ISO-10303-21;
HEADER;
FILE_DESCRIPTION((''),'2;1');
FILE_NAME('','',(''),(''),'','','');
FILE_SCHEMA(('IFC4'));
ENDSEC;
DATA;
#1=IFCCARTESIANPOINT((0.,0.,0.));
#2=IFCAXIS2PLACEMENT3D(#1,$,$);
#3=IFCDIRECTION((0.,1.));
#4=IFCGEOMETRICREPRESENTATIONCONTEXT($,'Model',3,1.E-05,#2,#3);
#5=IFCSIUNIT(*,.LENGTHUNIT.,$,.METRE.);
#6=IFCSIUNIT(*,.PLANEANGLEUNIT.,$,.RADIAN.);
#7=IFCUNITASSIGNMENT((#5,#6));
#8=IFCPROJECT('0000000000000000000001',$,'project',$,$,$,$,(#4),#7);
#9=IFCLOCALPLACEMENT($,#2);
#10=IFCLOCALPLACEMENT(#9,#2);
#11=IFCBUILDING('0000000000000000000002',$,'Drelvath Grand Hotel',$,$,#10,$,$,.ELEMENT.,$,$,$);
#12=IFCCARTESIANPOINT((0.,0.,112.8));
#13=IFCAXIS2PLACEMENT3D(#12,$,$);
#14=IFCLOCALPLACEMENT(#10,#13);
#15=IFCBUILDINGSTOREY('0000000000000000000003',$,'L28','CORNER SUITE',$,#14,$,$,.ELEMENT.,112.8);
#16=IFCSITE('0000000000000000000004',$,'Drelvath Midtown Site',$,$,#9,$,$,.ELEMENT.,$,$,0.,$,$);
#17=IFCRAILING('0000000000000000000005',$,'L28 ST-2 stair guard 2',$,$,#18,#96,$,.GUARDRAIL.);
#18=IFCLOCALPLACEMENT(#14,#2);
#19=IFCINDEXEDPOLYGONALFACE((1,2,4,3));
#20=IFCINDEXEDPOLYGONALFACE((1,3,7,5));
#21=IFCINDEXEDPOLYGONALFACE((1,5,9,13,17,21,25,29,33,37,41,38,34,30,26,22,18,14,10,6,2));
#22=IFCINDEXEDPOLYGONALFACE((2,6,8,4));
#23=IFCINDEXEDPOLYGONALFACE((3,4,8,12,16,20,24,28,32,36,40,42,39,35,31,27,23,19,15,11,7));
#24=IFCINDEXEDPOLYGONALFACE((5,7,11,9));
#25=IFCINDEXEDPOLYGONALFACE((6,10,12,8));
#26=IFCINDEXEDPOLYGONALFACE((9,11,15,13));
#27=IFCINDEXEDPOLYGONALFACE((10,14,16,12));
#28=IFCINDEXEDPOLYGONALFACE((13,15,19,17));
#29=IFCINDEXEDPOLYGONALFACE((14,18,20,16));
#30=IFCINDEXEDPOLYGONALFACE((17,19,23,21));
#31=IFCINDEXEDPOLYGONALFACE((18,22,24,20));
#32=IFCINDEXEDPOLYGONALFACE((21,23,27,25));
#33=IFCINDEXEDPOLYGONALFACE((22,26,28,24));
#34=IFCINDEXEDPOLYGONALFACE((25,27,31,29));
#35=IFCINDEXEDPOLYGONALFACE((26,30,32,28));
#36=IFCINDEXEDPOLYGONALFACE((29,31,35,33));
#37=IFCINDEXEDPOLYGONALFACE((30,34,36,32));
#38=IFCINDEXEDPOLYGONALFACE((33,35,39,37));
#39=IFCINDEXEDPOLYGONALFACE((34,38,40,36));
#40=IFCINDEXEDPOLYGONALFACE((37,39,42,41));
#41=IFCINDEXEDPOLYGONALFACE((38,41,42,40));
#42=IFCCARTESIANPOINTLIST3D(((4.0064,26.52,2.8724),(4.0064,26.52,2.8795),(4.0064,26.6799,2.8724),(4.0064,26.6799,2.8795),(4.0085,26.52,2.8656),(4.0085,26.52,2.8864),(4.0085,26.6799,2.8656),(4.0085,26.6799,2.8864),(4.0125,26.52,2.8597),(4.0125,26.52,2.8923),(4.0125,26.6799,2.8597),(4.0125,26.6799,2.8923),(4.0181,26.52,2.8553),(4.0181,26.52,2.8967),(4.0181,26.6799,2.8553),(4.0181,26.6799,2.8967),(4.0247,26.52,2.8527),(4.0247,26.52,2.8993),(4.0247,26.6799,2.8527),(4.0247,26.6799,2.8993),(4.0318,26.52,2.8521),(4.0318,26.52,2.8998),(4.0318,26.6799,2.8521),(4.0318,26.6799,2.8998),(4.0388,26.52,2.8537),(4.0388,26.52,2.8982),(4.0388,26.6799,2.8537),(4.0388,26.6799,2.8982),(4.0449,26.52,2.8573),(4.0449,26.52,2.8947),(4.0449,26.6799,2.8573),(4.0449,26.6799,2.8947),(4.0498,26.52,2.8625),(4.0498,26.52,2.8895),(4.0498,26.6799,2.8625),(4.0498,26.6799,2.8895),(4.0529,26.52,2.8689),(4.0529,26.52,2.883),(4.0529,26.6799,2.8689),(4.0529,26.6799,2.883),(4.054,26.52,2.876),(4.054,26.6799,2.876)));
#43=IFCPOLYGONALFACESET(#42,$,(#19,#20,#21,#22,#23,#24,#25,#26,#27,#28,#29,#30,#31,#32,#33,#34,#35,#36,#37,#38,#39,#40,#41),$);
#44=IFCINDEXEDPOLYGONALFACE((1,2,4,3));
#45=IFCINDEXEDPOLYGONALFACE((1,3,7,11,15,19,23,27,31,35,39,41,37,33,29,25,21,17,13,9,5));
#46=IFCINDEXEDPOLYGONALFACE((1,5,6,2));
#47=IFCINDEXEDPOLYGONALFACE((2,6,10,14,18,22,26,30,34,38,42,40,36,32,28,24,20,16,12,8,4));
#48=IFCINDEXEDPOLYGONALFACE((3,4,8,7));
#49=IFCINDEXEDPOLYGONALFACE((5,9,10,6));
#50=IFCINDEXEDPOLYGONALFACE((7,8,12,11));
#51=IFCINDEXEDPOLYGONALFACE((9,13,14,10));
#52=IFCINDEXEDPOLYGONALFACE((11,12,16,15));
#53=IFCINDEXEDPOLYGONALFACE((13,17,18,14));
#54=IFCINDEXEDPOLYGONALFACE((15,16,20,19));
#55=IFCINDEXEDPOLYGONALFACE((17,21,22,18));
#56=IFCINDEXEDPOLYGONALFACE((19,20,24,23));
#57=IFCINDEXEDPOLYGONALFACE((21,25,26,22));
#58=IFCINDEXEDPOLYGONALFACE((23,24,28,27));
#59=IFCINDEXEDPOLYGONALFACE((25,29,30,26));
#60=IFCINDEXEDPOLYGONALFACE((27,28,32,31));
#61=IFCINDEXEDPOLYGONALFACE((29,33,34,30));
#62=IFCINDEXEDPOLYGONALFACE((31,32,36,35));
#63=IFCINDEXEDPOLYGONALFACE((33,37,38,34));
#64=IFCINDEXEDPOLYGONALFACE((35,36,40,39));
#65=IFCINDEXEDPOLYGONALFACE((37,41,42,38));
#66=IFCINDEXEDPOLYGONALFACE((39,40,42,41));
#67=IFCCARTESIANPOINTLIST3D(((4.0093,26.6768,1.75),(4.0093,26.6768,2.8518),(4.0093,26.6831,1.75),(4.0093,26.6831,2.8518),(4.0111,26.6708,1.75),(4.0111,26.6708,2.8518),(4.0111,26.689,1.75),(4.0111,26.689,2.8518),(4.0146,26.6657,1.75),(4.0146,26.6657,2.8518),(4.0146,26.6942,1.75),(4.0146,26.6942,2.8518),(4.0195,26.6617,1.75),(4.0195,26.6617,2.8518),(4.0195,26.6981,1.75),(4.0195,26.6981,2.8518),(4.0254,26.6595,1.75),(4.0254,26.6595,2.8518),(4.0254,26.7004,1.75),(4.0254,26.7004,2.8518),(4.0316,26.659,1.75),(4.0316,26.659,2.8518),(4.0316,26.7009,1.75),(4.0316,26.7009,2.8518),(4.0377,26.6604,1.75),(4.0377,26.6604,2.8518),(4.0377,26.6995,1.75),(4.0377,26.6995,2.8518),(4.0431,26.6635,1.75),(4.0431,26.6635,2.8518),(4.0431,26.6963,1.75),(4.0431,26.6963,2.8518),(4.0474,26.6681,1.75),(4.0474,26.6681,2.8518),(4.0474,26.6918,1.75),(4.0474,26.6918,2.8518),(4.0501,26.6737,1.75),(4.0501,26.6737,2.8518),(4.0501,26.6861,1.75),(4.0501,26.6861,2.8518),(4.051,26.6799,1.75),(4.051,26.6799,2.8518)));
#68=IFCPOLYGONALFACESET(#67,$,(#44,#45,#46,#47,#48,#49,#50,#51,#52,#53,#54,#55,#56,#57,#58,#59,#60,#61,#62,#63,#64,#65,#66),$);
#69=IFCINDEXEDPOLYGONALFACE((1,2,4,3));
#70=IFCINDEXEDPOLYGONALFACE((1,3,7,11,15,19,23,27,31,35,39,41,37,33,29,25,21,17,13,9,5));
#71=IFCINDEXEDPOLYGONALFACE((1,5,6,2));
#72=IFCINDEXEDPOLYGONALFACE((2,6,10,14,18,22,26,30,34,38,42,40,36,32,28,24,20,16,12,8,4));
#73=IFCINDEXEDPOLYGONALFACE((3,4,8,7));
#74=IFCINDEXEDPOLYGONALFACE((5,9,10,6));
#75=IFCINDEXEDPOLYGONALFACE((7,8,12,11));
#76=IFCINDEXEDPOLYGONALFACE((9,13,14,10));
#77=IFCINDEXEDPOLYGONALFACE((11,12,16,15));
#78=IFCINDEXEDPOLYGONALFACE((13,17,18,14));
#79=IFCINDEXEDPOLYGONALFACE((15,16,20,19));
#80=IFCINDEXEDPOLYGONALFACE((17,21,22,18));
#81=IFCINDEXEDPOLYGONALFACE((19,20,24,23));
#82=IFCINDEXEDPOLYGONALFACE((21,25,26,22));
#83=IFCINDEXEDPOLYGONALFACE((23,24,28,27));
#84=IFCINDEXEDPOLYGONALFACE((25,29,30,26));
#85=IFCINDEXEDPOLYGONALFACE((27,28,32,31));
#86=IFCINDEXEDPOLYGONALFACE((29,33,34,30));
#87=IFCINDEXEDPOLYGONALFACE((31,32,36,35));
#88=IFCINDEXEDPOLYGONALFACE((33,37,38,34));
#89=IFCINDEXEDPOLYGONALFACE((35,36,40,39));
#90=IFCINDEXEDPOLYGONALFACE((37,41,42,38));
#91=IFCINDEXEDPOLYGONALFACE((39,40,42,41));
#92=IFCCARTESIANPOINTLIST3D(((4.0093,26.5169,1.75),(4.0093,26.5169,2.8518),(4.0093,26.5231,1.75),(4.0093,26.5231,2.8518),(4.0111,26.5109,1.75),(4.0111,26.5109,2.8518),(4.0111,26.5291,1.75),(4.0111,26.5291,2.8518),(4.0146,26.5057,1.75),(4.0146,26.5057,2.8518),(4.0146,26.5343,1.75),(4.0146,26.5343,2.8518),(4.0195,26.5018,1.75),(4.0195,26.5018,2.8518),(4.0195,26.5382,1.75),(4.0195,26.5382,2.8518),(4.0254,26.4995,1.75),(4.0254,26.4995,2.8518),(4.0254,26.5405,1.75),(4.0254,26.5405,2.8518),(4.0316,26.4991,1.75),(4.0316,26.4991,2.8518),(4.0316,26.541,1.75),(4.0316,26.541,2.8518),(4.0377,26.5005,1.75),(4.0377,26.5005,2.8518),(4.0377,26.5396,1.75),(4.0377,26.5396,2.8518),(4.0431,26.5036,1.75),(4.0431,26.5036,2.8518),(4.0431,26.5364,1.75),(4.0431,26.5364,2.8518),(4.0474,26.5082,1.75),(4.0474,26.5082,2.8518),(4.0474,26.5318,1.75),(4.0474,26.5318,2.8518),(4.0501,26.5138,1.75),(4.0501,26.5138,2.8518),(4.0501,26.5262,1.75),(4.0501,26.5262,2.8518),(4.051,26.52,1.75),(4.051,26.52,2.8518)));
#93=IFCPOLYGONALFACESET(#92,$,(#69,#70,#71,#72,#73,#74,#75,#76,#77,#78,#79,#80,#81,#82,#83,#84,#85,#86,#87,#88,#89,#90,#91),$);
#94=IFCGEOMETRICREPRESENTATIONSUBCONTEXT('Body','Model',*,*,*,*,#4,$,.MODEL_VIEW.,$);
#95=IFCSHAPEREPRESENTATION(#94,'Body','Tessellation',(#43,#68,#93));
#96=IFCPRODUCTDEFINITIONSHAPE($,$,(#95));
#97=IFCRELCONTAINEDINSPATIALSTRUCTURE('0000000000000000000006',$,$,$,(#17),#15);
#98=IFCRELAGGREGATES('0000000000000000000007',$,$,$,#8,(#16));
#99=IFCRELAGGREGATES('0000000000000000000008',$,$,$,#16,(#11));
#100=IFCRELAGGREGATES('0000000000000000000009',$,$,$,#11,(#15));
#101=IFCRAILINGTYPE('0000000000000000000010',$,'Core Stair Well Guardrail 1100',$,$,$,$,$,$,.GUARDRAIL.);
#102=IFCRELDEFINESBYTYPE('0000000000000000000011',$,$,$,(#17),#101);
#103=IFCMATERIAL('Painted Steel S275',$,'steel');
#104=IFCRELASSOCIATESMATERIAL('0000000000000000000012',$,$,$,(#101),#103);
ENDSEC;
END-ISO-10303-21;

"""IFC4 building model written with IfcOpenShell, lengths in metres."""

from ifc_helpers import new_model, si_unit, direction, frame, origin, origin_2d, place, context, subcontext, project, spatial, circle, extrude, material, type_object, element, save


model = new_model("IFC4")

# Units and contexts
model_context = context("Model", 3, precision=1e-05, world=origin(), true_north=direction((0.0, 1.0)))
body_context = subcontext(model_context, "Body", "Model", "MODEL_VIEW")
ifc_project = project(units=[si_unit("LENGTHUNIT", "METRE"), si_unit("PLANEANGLEUNIT", "RADIAN")], contexts=[model_context])

# Site, building, storey
site_placement = place(None, origin())
site = spatial("IfcSite", under=ifc_project, at=site_placement, Name="Drelvath Midtown Site", CompositionType="ELEMENT", RefElevation=0.0)
building_placement = place(site_placement, origin())
building = spatial("IfcBuilding", under=site, at=building_placement, Name="Drelvath Grand Hotel", CompositionType="ELEMENT")
storey_placement = place(building_placement, frame((0.0, 0.0, 112.8)))
storey = spatial("IfcBuildingStorey", under=building, at=storey_placement, Name="L28", Description="CORNER SUITE", CompositionType="ELEMENT", Elevation=112.8)

# Railing
ifc_material_1 = material(Name="Painted Steel S275", Category="steel")
railing_type_1 = type_object("IfcRailingType", Name="Core Stair Well Guardrail 1100", PredefinedType="GUARDRAIL", material=ifc_material_1)
railing_1_placement = place(storey_placement, frame((4.03, 26.6799, 1.75)))
element("IfcRailing", 1, at=railing_1_placement, inside=storey, type_object=railing_type_1, Name="L28 ST-2 stair guard 2", PredefinedType="GUARDRAIL", context=body_context, shape_type="SweptSolid", body=[
    extrude(circle(Radius=0.0239, at=origin_2d()), frame((0.0, 0.0, 1.126), z_axis=(0.0, -1.0, 0.0), x_axis=(1.0, 0.0, 0.0)), (0.0, 0.0, 1.0), 0.1599),
    extrude(circle(Radius=0.021, at=origin_2d()), origin(), (0.0, 0.0, 1.0), 1.1018),
    extrude(circle(Radius=0.021, at=origin_2d()), frame((0.0, -0.1599, 0.0)), (0.0, 0.0, 1.0), 1.1018),
])

save(model, "model.ifc")
